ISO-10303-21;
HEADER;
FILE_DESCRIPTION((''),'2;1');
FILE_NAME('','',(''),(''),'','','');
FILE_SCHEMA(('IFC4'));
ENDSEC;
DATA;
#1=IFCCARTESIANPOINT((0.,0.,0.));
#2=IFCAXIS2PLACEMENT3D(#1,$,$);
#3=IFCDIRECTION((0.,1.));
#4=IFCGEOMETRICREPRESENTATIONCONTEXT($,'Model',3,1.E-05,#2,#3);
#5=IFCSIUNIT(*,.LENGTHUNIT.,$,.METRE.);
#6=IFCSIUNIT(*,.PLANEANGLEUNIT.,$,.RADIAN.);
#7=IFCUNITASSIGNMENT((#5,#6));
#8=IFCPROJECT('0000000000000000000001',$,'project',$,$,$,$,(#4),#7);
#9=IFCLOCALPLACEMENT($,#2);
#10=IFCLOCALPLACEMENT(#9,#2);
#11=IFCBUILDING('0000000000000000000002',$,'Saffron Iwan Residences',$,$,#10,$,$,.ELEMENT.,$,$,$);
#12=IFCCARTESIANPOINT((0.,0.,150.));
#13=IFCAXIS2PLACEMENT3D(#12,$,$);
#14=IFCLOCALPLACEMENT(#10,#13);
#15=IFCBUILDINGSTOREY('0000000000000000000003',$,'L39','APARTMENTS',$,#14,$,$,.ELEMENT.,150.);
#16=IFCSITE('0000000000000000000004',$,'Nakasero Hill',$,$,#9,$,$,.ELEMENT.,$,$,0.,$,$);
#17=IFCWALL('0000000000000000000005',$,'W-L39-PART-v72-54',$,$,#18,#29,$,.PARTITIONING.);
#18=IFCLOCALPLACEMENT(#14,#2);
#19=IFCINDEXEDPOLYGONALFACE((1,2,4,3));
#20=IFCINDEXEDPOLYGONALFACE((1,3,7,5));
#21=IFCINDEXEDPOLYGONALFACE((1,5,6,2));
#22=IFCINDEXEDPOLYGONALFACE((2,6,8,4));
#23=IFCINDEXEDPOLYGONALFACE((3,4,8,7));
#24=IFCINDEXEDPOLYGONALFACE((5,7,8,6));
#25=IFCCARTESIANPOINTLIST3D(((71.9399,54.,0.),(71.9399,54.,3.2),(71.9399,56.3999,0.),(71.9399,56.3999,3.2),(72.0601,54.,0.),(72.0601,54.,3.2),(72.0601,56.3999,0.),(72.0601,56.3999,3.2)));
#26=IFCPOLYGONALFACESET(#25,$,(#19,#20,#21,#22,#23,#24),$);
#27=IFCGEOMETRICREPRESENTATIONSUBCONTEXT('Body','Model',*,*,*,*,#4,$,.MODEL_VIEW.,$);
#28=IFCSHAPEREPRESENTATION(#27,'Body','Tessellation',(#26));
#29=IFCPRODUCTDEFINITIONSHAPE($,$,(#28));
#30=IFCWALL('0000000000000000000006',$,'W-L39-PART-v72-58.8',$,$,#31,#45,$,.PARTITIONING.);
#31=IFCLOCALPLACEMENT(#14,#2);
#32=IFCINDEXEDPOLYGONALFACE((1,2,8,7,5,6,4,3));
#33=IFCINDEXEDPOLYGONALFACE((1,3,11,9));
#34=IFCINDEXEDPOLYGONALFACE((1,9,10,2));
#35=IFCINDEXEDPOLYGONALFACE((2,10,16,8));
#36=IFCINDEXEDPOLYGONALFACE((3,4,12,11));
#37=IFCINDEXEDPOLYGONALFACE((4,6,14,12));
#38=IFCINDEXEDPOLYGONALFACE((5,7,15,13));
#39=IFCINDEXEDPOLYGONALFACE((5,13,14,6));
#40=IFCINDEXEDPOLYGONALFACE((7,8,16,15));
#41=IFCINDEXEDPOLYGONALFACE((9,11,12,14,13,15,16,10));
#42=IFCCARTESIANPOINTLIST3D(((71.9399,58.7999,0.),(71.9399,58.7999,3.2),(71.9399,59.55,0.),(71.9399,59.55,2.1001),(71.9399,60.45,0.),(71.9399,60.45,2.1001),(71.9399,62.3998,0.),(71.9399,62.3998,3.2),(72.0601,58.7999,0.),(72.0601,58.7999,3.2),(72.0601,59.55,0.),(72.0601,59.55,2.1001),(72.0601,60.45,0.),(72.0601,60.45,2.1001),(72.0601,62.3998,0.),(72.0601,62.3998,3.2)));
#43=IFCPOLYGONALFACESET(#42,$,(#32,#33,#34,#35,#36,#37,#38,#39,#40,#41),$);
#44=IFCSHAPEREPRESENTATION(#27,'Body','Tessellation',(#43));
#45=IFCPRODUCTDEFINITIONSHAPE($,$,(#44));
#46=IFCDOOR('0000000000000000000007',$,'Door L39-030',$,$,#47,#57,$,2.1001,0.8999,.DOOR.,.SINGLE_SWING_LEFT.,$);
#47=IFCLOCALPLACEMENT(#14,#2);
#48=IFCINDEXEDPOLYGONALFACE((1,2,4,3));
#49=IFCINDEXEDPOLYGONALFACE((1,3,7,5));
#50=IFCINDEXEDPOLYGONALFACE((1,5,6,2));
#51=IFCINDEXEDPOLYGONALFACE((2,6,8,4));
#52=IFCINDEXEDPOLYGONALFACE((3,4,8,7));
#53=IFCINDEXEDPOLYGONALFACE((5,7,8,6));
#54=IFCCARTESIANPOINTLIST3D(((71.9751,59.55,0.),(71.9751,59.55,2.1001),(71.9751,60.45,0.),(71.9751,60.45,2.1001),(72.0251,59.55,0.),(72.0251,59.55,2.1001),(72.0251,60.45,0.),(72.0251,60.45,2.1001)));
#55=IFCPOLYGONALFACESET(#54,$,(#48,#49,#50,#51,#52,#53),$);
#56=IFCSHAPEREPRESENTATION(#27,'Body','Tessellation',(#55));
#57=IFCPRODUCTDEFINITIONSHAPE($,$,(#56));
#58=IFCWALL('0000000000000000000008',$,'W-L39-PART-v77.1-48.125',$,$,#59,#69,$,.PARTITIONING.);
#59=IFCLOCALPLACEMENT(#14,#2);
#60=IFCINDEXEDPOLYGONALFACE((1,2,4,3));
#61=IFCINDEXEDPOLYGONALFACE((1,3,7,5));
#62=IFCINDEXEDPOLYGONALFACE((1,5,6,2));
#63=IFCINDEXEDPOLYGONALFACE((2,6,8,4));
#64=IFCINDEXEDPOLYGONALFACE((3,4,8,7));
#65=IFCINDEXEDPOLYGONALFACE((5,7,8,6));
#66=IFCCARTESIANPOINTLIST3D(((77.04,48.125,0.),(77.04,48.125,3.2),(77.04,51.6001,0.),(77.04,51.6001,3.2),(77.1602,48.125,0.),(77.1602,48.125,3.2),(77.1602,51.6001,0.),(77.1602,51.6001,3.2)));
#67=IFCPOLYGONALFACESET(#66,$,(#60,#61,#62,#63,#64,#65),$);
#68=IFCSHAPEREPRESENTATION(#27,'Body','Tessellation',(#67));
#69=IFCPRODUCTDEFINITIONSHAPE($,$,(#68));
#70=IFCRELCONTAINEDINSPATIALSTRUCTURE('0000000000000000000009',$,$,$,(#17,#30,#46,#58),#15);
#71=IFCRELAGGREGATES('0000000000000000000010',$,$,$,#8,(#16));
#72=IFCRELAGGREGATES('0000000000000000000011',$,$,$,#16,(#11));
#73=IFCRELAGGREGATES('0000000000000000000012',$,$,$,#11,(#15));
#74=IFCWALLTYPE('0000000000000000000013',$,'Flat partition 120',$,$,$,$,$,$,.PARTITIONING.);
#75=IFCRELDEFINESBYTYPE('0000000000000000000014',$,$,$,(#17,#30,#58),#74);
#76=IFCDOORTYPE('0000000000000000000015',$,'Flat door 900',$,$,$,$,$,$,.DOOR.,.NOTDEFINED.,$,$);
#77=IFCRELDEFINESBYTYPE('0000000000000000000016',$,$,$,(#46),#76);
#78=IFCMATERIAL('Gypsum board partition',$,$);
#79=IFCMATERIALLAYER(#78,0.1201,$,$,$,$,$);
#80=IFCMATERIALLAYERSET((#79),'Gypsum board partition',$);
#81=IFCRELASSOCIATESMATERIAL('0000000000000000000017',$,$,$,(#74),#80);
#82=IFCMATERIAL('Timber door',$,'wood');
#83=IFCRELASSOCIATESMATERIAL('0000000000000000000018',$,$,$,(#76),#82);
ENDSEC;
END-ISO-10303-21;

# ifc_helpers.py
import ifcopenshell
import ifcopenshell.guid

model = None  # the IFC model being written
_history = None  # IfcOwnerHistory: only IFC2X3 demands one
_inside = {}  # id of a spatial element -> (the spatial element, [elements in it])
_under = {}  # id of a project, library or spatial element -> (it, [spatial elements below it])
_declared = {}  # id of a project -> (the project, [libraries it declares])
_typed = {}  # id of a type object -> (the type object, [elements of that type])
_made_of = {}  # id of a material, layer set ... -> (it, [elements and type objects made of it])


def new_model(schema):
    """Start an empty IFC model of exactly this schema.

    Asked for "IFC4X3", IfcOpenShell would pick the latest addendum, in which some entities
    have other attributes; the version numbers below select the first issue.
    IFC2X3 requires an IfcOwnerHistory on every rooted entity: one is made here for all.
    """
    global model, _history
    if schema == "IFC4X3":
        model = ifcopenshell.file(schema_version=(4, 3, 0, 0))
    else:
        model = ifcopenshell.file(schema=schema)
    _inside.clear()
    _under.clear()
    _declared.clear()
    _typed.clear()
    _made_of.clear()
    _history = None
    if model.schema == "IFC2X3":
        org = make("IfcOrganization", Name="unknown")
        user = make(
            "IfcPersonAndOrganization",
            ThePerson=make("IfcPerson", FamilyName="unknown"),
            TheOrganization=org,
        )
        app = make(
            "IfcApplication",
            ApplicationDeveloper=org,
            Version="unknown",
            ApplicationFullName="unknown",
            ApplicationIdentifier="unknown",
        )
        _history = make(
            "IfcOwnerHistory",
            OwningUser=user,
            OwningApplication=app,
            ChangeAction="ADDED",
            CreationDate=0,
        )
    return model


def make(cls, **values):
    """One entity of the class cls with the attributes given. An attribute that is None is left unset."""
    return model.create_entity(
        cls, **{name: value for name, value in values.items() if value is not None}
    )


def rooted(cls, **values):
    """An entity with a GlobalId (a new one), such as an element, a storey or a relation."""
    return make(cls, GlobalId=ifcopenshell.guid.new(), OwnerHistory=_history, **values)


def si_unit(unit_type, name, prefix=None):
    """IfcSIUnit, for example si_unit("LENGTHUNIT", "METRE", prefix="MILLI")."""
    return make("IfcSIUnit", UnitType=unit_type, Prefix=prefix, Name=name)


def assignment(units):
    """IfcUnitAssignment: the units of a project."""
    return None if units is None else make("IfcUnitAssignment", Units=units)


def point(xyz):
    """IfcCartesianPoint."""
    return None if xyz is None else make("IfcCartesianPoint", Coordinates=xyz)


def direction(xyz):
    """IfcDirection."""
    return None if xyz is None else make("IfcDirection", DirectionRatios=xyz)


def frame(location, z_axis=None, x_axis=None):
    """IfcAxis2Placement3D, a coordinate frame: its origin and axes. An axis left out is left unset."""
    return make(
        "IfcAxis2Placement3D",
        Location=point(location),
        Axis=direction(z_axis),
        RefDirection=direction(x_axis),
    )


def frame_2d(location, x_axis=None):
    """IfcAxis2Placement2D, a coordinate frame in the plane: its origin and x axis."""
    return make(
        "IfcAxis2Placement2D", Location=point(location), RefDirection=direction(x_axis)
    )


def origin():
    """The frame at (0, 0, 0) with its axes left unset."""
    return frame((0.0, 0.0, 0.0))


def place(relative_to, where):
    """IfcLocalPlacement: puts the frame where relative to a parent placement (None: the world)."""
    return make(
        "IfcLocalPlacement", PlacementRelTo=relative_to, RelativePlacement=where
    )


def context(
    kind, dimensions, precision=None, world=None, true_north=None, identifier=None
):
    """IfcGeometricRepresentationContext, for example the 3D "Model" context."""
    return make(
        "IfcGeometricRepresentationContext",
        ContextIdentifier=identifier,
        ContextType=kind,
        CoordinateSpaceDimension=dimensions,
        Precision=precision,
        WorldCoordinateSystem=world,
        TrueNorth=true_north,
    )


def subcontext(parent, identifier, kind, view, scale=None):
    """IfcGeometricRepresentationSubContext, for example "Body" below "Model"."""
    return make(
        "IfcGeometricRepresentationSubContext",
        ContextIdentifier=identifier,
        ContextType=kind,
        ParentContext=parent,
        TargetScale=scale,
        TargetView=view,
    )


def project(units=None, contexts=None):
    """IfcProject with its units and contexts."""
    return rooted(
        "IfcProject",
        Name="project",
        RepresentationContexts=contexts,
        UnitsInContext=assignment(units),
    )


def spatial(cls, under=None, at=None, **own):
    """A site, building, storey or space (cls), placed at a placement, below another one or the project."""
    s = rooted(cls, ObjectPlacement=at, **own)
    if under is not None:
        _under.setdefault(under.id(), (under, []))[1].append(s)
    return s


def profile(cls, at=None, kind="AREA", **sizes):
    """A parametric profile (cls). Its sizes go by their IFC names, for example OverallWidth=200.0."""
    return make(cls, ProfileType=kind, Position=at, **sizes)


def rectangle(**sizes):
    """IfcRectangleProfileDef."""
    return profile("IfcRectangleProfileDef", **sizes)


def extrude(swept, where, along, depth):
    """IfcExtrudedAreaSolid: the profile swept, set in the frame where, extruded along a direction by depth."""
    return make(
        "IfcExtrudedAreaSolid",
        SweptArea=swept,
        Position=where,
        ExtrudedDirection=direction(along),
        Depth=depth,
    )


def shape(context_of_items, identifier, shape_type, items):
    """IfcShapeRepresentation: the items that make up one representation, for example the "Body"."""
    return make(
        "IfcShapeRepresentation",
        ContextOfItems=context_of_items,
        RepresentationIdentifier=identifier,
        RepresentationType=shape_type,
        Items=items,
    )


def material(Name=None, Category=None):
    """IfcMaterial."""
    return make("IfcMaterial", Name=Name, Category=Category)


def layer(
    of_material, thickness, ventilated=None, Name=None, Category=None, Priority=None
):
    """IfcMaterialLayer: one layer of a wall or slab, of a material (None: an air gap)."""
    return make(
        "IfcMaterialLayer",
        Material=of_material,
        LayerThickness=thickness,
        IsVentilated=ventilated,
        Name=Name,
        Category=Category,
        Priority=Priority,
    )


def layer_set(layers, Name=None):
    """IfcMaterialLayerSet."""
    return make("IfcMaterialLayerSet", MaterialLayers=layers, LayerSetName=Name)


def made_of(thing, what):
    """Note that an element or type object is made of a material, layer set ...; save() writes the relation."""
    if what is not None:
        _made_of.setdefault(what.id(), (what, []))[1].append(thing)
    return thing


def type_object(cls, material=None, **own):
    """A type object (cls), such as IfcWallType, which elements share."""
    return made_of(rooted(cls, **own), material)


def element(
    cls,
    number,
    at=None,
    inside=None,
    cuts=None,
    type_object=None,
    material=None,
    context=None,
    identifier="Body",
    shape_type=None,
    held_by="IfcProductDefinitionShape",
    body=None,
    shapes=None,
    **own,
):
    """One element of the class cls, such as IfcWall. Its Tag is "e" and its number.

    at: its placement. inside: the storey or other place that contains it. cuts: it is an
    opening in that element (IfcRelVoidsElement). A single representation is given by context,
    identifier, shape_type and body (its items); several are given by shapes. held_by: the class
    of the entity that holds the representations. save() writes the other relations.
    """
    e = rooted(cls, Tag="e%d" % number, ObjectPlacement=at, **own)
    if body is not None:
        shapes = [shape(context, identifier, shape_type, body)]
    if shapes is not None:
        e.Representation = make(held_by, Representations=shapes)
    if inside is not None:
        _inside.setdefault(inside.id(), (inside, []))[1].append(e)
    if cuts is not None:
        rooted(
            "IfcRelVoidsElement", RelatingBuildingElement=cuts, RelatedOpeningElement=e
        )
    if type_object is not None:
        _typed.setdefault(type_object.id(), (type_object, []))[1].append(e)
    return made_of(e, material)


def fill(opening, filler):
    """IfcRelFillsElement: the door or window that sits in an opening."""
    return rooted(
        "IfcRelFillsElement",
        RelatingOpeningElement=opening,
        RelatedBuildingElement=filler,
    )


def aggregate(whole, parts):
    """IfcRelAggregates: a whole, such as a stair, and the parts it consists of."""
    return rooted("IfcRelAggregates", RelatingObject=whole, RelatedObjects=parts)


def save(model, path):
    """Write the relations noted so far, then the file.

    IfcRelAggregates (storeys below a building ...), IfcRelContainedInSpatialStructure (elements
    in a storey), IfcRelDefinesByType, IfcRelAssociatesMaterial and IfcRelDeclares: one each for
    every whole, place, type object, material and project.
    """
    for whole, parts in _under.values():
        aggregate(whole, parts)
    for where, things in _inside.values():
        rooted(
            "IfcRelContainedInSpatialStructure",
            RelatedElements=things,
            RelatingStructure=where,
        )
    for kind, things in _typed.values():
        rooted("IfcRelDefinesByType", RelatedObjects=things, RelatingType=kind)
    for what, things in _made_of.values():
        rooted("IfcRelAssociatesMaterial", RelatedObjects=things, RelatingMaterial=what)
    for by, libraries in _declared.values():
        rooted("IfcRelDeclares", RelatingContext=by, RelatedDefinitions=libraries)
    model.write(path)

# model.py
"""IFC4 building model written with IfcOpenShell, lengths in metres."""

from ifc_helpers import new_model, si_unit, direction, frame, frame_2d, origin, place, context, subcontext, project, spatial, rectangle, extrude, material, layer, layer_set, type_object, element, fill, save


model = new_model("IFC4")

# Units and contexts
model_context = context("Model", 3, precision=1e-05, world=origin(), true_north=direction((0.0, 1.0)))
body_context = subcontext(model_context, "Body", "Model", "MODEL_VIEW")
ifc_project = project(units=[si_unit("LENGTHUNIT", "METRE"), si_unit("PLANEANGLEUNIT", "RADIAN")], contexts=[model_context])

# Site, building, storey
site_placement = place(None, origin())
site = spatial("IfcSite", under=ifc_project, at=site_placement, Name="Nakasero Hill", CompositionType="ELEMENT", RefElevation=0.0)
building_placement = place(site_placement, origin())
building = spatial("IfcBuilding", under=site, at=building_placement, Name="Saffron Iwan Residences", CompositionType="ELEMENT")
storey_placement = place(building_placement, frame((0.0, 0.0, 150.0)))
storey = spatial("IfcBuildingStorey", under=building, at=storey_placement, Name="L39", Description="APARTMENTS", CompositionType="ELEMENT", Elevation=150.0)

# Shared definitions
ifc_material_1 = material(Name="Gypsum board partition")
ifc_layer_1 = layer(ifc_material_1, 0.1201)
ifc_layer_set_1 = layer_set([ifc_layer_1], Name="Gypsum board partition")
wall_type_1 = type_object("IfcWallType", Name="Flat partition 120", PredefinedType="PARTITIONING", material=ifc_layer_set_1)
ifc_material_2 = material(Name="Timber door", Category="wood")
door_type_1 = type_object("IfcDoorType", Name="Flat door 900", OperationType="NOTDEFINED", PredefinedType="DOOR", material=ifc_material_2)

# Wall
wall_1_placement = place(storey_placement, frame((72.0, 54.0, 0.0), z_axis=(0.0, 0.0, 1.0), x_axis=(0.0, 1.0, 0.0)))
element("IfcWall", 1, at=wall_1_placement, inside=storey, type_object=wall_type_1, Name="W-L39-PART-v72-54", PredefinedType="PARTITIONING", context=body_context, shape_type="SweptSolid", body=[
    extrude(rectangle(XDim=2.3999, YDim=0.1201, at=frame_2d((1.2, 0.0))), origin(), (0.0, 0.0, 1.0), 3.2),
])

# Wall, opening, door
wall_2_placement = place(storey_placement, frame((72.0, 58.8, 0.0), z_axis=(0.0, 0.0, 1.0), x_axis=(0.0, 1.0, 0.0)))
wall_2 = element("IfcWall", 2, at=wall_2_placement, inside=storey, type_object=wall_type_1, Name="W-L39-PART-v72-58.8", PredefinedType="PARTITIONING", context=body_context, shape_type="SweptSolid", body=[
    extrude(rectangle(XDim=3.5999, YDim=0.1201, at=frame_2d((1.7998, 0.0))), origin(), (0.0, 0.0, 1.0), 3.2),
])
opening_1_placement = place(wall_2_placement, frame((0.75, 0.0, 0.0)))
opening_1 = element("IfcOpeningElement", 3, at=opening_1_placement, cuts=wall_2, PredefinedType="OPENING", context=body_context, shape_type="SweptSolid", body=[
    extrude(rectangle(XDim=0.8999, YDim=2.1001, at=frame_2d((0.45, 1.05))), frame((0.0, 0.0701, 0.0), z_axis=(0.0, -1.0, 0.0), x_axis=(1.0, 0.0, 0.0)), (0.0, 0.0, 1.0), 0.1401),
])
door_1_placement = place(opening_1_placement, origin())
door_1 = element("IfcDoor", 4, at=door_1_placement, inside=storey, type_object=door_type_1, Name="Door L39-030", OperationType="SINGLE_SWING_LEFT", OverallHeight=2.1001, OverallWidth=0.8999, PredefinedType="DOOR", context=body_context, shape_type="SweptSolid", body=[
    extrude(rectangle(XDim=0.8999, YDim=2.1001, at=frame_2d((0.45, 1.05))), frame((0.0, 0.0249, 0.0), z_axis=(0.0, -1.0, 0.0), x_axis=(1.0, 0.0, 0.0)), (0.0, 0.0, 1.0), 0.05),
])
fill(opening_1, door_1)

# Wall
wall_3_placement = place(storey_placement, frame((77.1001, 48.125, 0.0), z_axis=(0.0, 0.0, 1.0), x_axis=(0.0, 1.0, 0.0)))
element("IfcWall", 5, at=wall_3_placement, inside=storey, type_object=wall_type_1, Name="W-L39-PART-v77.1-48.125", PredefinedType="PARTITIONING", context=body_context, shape_type="SweptSolid", body=[
    extrude(rectangle(XDim=3.4751, YDim=0.1201, at=frame_2d((1.7375, 0.0))), origin(), (0.0, 0.0, 1.0), 3.2),
])

save(model, "model.ifc")
